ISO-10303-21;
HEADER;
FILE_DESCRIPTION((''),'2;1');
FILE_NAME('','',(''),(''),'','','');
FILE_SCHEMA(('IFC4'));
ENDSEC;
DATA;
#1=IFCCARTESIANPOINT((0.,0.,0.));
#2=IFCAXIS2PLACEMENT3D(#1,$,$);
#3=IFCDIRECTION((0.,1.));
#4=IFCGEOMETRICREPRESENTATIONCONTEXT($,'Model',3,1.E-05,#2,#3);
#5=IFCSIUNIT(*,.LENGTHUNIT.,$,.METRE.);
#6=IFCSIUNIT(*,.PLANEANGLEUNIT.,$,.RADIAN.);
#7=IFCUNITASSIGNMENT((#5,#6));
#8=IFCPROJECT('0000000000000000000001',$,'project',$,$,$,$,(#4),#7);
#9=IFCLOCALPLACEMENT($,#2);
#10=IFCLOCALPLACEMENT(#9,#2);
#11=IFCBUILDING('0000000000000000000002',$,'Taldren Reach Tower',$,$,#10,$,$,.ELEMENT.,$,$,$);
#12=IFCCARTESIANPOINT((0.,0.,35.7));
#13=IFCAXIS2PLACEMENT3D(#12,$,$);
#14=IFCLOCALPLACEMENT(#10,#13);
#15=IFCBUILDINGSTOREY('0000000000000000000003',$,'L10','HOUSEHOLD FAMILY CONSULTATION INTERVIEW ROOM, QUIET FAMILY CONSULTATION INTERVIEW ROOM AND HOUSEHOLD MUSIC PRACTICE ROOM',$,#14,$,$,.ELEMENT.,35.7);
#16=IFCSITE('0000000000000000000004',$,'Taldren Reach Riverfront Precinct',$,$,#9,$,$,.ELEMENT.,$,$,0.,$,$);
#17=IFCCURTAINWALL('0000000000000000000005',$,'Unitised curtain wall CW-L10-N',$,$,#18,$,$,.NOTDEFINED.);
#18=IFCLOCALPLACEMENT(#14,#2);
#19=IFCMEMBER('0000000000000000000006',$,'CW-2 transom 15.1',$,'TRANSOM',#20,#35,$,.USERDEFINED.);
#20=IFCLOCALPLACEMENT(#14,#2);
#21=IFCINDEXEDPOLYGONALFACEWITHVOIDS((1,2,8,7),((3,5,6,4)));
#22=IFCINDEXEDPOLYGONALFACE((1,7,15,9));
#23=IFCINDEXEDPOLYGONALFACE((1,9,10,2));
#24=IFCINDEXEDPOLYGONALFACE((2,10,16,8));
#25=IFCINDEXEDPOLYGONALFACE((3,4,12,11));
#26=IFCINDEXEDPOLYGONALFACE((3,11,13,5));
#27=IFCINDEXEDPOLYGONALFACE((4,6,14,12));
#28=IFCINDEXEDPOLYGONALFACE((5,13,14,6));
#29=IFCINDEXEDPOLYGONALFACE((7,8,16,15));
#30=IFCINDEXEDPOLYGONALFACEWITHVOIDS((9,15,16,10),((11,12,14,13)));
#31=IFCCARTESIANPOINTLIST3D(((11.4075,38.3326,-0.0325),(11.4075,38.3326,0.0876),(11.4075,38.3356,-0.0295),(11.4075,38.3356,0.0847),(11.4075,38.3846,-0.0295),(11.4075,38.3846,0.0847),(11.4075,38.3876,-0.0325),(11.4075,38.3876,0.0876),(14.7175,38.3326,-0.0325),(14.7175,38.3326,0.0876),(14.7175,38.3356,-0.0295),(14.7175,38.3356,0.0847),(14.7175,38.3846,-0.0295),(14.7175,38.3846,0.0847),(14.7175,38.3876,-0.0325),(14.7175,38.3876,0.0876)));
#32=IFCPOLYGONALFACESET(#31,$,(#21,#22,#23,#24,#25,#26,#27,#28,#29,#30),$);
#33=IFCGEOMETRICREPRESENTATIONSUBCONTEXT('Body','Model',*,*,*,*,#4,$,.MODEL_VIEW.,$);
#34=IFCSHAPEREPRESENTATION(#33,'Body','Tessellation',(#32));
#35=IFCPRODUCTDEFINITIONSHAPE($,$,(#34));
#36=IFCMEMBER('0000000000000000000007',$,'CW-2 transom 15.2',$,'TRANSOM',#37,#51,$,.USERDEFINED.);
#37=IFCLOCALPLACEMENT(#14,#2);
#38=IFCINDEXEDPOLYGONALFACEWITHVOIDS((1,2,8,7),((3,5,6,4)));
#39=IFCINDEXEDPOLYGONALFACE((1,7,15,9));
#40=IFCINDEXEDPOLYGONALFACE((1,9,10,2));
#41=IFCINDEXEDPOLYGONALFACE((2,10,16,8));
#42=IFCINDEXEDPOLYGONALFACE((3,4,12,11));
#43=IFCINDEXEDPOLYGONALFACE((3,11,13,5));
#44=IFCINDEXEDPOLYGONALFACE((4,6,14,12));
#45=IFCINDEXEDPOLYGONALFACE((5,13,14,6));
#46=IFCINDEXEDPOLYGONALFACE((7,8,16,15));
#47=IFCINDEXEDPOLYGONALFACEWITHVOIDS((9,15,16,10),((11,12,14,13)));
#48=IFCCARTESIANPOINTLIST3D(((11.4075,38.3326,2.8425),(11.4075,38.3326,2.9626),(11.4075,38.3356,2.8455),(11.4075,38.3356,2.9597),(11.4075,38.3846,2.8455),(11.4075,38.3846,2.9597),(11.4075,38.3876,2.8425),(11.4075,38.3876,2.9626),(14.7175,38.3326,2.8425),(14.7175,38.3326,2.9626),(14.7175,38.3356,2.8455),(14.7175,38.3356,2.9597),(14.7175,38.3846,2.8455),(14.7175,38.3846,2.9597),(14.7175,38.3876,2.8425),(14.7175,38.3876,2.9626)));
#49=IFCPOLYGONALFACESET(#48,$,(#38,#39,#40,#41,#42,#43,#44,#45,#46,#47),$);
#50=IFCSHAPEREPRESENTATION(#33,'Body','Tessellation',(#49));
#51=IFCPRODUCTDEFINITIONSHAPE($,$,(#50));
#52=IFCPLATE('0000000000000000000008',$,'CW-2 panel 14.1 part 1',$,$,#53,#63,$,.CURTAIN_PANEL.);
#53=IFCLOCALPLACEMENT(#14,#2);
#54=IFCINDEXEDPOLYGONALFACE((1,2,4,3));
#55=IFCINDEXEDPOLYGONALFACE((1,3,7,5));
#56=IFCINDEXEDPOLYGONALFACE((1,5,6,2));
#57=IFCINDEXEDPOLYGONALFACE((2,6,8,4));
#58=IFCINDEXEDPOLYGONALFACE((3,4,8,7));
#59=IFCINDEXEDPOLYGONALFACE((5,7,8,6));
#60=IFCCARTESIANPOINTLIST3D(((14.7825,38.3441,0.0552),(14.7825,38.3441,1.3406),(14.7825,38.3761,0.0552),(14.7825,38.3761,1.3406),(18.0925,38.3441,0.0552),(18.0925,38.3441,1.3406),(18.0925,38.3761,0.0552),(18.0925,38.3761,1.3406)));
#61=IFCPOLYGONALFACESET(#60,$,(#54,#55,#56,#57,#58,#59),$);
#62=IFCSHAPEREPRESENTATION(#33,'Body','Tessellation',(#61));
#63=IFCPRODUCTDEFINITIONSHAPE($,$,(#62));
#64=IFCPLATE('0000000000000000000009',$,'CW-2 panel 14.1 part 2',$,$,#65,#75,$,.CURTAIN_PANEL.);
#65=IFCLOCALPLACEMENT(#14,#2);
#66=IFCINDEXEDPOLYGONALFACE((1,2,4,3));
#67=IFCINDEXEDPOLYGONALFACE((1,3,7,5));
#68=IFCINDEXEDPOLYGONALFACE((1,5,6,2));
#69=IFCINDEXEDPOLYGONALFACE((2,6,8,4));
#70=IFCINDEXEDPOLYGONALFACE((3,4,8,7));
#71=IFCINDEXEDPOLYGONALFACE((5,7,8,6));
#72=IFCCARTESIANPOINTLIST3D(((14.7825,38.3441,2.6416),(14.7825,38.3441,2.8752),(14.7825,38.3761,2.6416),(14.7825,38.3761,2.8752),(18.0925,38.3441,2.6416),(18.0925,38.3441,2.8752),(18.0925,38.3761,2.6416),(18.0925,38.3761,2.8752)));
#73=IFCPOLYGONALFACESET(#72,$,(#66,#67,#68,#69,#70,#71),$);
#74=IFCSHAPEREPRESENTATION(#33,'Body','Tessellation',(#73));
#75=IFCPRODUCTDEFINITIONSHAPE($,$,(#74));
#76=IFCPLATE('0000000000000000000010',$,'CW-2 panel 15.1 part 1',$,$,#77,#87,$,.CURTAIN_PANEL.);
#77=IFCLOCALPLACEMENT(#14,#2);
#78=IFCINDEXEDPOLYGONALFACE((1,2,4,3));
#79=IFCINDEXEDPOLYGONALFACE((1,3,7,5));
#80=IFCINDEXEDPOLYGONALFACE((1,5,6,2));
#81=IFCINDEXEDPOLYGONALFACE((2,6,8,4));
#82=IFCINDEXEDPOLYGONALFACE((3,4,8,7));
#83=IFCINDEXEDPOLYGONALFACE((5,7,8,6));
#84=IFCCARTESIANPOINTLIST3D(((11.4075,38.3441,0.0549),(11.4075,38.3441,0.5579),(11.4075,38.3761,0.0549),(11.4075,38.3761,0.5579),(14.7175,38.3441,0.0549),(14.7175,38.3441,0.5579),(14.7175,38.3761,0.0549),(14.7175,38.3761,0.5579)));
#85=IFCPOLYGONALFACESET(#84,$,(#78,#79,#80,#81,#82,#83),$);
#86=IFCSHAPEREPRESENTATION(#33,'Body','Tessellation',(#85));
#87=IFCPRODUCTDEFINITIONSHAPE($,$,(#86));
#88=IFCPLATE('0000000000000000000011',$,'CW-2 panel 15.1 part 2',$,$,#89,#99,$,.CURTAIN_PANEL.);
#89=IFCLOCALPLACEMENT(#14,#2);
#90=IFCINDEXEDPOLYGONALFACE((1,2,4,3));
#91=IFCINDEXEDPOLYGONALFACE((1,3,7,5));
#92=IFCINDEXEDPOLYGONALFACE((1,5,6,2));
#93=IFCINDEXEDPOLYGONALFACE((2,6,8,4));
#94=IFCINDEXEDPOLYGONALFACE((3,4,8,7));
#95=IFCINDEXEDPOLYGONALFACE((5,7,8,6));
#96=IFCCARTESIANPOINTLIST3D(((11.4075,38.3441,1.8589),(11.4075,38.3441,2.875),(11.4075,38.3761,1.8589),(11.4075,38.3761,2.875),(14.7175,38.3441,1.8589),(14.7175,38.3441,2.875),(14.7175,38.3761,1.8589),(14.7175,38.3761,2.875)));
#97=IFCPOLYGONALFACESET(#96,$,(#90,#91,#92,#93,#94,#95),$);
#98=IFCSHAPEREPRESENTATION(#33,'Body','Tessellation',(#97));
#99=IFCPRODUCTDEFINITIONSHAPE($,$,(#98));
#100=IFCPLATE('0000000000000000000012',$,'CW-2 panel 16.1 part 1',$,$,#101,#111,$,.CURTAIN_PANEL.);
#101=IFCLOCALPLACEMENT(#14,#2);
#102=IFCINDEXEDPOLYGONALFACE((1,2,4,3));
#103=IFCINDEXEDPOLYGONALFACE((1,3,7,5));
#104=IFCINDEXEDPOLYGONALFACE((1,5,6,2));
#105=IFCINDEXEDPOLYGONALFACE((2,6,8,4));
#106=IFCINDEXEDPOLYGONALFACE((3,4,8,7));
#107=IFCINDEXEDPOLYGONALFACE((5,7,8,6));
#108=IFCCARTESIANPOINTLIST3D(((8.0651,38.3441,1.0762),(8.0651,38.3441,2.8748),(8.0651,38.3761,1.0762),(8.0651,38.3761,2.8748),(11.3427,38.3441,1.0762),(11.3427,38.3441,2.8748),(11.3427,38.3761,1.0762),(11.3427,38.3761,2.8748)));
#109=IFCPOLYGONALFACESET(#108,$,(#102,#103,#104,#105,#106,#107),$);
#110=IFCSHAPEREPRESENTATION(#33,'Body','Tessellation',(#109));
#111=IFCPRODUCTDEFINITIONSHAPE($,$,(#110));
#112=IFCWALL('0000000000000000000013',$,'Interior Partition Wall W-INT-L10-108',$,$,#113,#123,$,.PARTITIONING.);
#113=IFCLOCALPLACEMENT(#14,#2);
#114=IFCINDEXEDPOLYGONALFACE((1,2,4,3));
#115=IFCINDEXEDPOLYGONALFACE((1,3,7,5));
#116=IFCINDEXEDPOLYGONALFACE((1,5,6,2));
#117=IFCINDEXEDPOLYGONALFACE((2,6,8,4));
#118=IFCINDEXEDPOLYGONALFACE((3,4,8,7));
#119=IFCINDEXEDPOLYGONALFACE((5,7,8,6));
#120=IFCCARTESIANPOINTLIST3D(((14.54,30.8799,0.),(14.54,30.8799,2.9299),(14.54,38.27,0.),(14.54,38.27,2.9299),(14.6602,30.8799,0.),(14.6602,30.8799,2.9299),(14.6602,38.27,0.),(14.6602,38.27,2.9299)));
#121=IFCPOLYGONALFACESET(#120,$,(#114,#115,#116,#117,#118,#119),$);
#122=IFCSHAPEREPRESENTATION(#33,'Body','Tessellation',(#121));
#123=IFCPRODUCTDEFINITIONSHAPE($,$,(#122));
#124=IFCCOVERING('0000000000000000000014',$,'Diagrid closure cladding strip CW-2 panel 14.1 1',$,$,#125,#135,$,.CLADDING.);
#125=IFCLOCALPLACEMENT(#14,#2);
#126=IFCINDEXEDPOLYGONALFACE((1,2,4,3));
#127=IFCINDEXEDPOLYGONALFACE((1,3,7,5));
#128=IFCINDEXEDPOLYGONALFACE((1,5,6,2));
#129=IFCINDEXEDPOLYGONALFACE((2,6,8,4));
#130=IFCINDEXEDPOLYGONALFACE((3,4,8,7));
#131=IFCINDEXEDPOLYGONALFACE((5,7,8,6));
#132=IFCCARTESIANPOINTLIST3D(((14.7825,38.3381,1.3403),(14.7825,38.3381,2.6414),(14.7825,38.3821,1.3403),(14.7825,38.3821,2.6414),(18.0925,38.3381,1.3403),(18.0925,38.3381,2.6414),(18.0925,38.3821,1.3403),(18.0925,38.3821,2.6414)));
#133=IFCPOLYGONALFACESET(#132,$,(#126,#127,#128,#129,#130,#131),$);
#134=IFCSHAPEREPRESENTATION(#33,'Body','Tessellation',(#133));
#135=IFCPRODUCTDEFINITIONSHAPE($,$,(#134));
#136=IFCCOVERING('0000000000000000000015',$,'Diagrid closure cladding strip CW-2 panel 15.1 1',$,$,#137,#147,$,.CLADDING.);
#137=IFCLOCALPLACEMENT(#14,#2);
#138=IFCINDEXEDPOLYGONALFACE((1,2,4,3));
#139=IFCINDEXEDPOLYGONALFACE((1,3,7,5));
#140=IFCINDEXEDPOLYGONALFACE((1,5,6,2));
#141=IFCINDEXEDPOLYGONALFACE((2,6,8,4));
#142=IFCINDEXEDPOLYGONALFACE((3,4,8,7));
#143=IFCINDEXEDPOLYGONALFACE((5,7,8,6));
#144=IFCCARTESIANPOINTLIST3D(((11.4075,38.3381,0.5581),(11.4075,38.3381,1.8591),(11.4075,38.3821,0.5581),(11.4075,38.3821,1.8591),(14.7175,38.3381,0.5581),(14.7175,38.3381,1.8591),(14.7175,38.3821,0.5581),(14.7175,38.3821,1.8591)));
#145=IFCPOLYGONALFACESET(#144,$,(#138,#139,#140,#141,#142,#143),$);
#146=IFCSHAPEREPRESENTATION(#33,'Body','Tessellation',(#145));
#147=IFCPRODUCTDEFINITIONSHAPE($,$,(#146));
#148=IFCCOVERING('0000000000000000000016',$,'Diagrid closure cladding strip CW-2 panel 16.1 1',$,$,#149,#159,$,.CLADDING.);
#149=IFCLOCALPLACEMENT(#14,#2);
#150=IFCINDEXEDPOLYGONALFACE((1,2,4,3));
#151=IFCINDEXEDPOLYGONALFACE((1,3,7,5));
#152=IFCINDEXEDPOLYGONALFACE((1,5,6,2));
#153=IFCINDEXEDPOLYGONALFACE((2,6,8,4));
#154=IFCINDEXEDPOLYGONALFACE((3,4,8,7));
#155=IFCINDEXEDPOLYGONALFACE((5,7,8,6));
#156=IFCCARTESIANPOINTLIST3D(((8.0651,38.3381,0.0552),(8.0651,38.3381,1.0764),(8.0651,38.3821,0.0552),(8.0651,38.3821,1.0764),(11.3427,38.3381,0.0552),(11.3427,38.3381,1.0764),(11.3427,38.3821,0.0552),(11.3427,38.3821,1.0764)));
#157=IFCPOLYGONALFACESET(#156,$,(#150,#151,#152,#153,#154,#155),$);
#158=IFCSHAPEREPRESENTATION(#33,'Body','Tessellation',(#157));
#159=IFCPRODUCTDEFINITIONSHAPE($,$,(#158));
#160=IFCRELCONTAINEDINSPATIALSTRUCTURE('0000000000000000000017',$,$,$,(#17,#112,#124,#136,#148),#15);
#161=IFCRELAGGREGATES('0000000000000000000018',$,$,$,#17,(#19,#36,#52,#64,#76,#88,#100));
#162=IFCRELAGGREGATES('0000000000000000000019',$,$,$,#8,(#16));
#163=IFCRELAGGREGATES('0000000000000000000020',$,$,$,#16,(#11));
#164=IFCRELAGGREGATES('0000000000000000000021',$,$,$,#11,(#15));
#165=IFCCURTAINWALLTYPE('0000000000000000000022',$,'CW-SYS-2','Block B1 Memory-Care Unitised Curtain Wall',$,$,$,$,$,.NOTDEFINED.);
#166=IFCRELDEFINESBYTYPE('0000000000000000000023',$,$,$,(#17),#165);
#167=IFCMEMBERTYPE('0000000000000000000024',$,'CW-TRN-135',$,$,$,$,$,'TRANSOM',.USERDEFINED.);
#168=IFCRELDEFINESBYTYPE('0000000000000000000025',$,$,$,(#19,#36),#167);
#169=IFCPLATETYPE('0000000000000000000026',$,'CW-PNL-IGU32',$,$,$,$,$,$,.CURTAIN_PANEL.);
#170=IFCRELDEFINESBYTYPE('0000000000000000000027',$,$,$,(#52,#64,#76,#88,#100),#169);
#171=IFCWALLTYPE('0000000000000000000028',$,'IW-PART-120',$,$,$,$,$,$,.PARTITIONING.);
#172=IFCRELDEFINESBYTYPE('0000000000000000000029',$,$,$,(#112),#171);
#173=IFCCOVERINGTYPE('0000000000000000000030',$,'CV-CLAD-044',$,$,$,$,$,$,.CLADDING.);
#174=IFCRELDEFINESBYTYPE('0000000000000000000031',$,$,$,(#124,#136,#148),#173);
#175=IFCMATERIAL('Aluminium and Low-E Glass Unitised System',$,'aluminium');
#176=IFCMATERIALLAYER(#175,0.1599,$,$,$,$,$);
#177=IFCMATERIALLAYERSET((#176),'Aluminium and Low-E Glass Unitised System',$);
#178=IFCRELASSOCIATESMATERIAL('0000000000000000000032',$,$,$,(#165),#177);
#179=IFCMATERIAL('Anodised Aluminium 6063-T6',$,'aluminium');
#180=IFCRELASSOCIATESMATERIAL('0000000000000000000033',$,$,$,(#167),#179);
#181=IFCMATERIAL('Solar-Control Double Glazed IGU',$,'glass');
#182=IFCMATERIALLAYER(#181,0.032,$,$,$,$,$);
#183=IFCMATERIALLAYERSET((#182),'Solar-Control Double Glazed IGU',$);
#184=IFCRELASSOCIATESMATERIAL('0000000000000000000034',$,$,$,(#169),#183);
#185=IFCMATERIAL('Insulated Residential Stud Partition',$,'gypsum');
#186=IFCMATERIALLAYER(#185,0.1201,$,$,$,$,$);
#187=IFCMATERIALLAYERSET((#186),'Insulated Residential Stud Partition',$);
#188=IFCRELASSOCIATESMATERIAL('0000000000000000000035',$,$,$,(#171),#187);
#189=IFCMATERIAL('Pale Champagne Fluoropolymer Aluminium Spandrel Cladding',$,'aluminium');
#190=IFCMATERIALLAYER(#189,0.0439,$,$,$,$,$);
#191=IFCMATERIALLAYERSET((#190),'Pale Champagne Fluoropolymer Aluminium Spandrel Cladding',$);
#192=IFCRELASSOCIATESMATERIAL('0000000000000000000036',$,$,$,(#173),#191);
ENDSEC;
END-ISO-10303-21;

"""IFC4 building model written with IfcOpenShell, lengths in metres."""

from ifc_helpers import new_model, si_unit, direction, frame, frame_2d, origin, origin_2d, place, context, subcontext, project, spatial, rectangle, hollow_rectangle, extrude, source, transform, mapped, material, layer, layer_set, material_profile, profile_set, type_object, element, aggregate, save


model = new_model("IFC4")

# Units and contexts
model_context = context("Model", 3, precision=1e-05, world=origin(), true_north=direction((0.0, 1.0)))
body_context = subcontext(model_context, "Body", "Model", "MODEL_VIEW")
ifc_project = project(units=[si_unit("LENGTHUNIT", "METRE"), si_unit("PLANEANGLEUNIT", "RADIAN")], contexts=[model_context])

# Site, building, storey
site_placement = place(None, origin())
site = spatial("IfcSite", under=ifc_project, at=site_placement, Name="Taldren Reach Riverfront Precinct", CompositionType="ELEMENT", RefElevation=0.0)
building_placement = place(site_placement, origin())
building = spatial("IfcBuilding", under=site, at=building_placement, Name="Taldren Reach Tower", CompositionType="ELEMENT")
storey_placement = place(building_placement, frame((0.0, 0.0, 35.7)))
storey = spatial("IfcBuildingStorey", under=building, at=storey_placement, Name="L10", Description="HOUSEHOLD FAMILY CONSULTATION INTERVIEW ROOM, QUIET FAMILY CONSULTATION INTERVIEW ROOM AND HOUSEHOLD MUSIC PRACTICE ROOM", CompositionType="ELEMENT", Elevation=35.7)

# Curtain wall, members, plates
ifc_material_1 = material(Name="Aluminium and Low-E Glass Unitised System", Category="aluminium")
ifc_layer_1 = layer(ifc_material_1, 0.1599)
ifc_layer_set_1 = layer_set([ifc_layer_1], Name="Aluminium and Low-E Glass Unitised System")
curtain_wall_type = type_object("IfcCurtainWallType", Name="CW-SYS-2", Description="Block B1 Memory-Care Unitised Curtain Wall", PredefinedType="NOTDEFINED", material=ifc_layer_set_1)
curtain_wall_placement = place(storey_placement, origin())
curtain_wall = element("IfcCurtainWall", 1, at=curtain_wall_placement, inside=storey, type_object=curtain_wall_type, Name="Unitised curtain wall CW-L10-N", PredefinedType="NOTDEFINED")
ifc_material_2 = material(Name="Anodised Aluminium 6063-T6", Category="aluminium")
ifc_material_profile_1 = material_profile(ifc_material_2, hollow_rectangle(XDim=0.0549, YDim=0.1201, WallThickness=0.0029, at=origin_2d()), Name="ALU-120x55x3RHS")
ifc_profile_set_1 = profile_set([ifc_material_profile_1], Name="Anodised Aluminium 6063-T6")
member_type_1 = type_object("IfcMemberType", Name="CW-TRN-135", ElementType="TRANSOM", PredefinedType="USERDEFINED", material=ifc_profile_set_1)
shared_shape_1 = source(origin(), body_context, "Body", "SweptSolid", [
    extrude(hollow_rectangle(XDim=0.0549, YDim=0.1201, WallThickness=0.0029, at=origin_2d()), origin(), (0.0, 0.0, 1.0), 3.3101),
])
member_1_placement = place(storey_placement, frame((14.7175, 38.3601, 0.0276), z_axis=(-1.0, 0.0, 0.0), x_axis=(0.0, -1.0, 0.0)))
member_1 = element("IfcMember", 2, at=member_1_placement, type_object=member_type_1, Name="CW-2 transom 15.1", ObjectType="TRANSOM", PredefinedType="USERDEFINED", context=body_context, shape_type="MappedRepresentation", body=[
    mapped(shared_shape_1, transform((0.0, 0.0, 0.0), scale=1.0)),
])
member_2_placement = place(storey_placement, frame((14.7175, 38.3601, 2.9026), z_axis=(-1.0, 0.0, 0.0), x_axis=(0.0, -1.0, 0.0)))
member_2 = element("IfcMember", 3, at=member_2_placement, type_object=member_type_1, Name="CW-2 transom 15.2", ObjectType="TRANSOM", PredefinedType="USERDEFINED", context=body_context, shape_type="MappedRepresentation", body=[
    mapped(shared_shape_1, transform((0.0, 0.0, 0.0), scale=1.0)),
])
ifc_material_3 = material(Name="Solar-Control Double Glazed IGU", Category="glass")
ifc_layer_2 = layer(ifc_material_3, 0.032)
ifc_layer_set_2 = layer_set([ifc_layer_2], Name="Solar-Control Double Glazed IGU")
plate_type = type_object("IfcPlateType", Name="CW-PNL-IGU32", PredefinedType="CURTAIN_PANEL", material=ifc_layer_set_2)
shared_shape_2 = source(origin(), body_context, "Body", "SweptSolid", [
    extrude(rectangle(XDim=3.3101, YDim=0.032, at=origin_2d()), origin(), (0.0, 0.0, 1.0), 1.2854),
])
plate_1_placement = place(storey_placement, frame((16.4375, 38.3601, 0.0552), z_axis=(0.0, 0.0, 1.0), x_axis=(-1.0, 0.0, 0.0)))
plate_1 = element("IfcPlate", 4, at=plate_1_placement, type_object=plate_type, Name="CW-2 panel 14.1 part 1", PredefinedType="CURTAIN_PANEL", context=body_context, shape_type="MappedRepresentation", body=[
    mapped(shared_shape_2, transform((0.0, 0.0, 0.0), scale=1.0)),
])
shared_shape_3 = source(origin(), body_context, "Body", "SweptSolid", [
    extrude(rectangle(XDim=3.3101, YDim=0.032, at=origin_2d()), origin(), (0.0, 0.0, 1.0), 0.2336),
])
plate_2_placement = place(storey_placement, frame((16.4375, 38.3601, 2.6416), z_axis=(0.0, 0.0, 1.0), x_axis=(-1.0, 0.0, 0.0)))
plate_2 = element("IfcPlate", 5, at=plate_2_placement, type_object=plate_type, Name="CW-2 panel 14.1 part 2", PredefinedType="CURTAIN_PANEL", context=body_context, shape_type="MappedRepresentation", body=[
    mapped(shared_shape_3, transform((0.0, 0.0, 0.0), scale=1.0)),
])
shared_shape_4 = source(origin(), body_context, "Body", "SweptSolid", [
    extrude(rectangle(XDim=3.3101, YDim=0.032, at=origin_2d()), origin(), (0.0, 0.0, 1.0), 0.5029),
])
plate_3_placement = place(storey_placement, frame((13.0625, 38.3601, 0.0549), z_axis=(0.0, 0.0, 1.0), x_axis=(-1.0, 0.0, 0.0)))
plate_3 = element("IfcPlate", 6, at=plate_3_placement, type_object=plate_type, Name="CW-2 panel 15.1 part 1", PredefinedType="CURTAIN_PANEL", context=body_context, shape_type="MappedRepresentation", body=[
    mapped(shared_shape_4, transform((0.0, 0.0, 0.0), scale=1.0)),
])
shared_shape_5 = source(origin(), body_context, "Body", "SweptSolid", [
    extrude(rectangle(XDim=3.3101, YDim=0.032, at=origin_2d()), origin(), (0.0, 0.0, 1.0), 1.0161),
])
plate_4_placement = place(storey_placement, frame((13.0625, 38.3601, 1.8589), z_axis=(0.0, 0.0, 1.0), x_axis=(-1.0, 0.0, 0.0)))
plate_4 = element("IfcPlate", 7, at=plate_4_placement, type_object=plate_type, Name="CW-2 panel 15.1 part 2", PredefinedType="CURTAIN_PANEL", context=body_context, shape_type="MappedRepresentation", body=[
    mapped(shared_shape_5, transform((0.0, 0.0, 0.0), scale=1.0)),
])
shared_shape_6 = source(origin(), body_context, "Body", "SweptSolid", [
    extrude(rectangle(XDim=3.2776, YDim=0.032, at=origin_2d()), origin(), (0.0, 0.0, 1.0), 1.7986),
])
plate_5_placement = place(storey_placement, frame((9.7039, 38.3601, 1.0762), z_axis=(0.0, 0.0, 1.0), x_axis=(-1.0, 0.0, 0.0)))
plate_5 = element("IfcPlate", 8, at=plate_5_placement, type_object=plate_type, Name="CW-2 panel 16.1 part 1", PredefinedType="CURTAIN_PANEL", context=body_context, shape_type="MappedRepresentation", body=[
    mapped(shared_shape_6, transform((0.0, 0.0, 0.0), scale=1.0)),
])
aggregate(curtain_wall, [member_1, member_2, plate_1, plate_2, plate_3, plate_4, plate_5])

# Wall
ifc_material_4 = material(Name="Insulated Residential Stud Partition", Category="gypsum")
ifc_layer_3 = layer(ifc_material_4, 0.1201)
ifc_layer_set_3 = layer_set([ifc_layer_3], Name="Insulated Residential Stud Partition")
wall_type = type_object("IfcWallType", Name="IW-PART-120", PredefinedType="PARTITIONING", material=ifc_layer_set_3)
shared_shape_7 = source(origin(), body_context, "Body", "SweptSolid", [
    extrude(rectangle(XDim=7.3901, YDim=0.1201, at=frame_2d((3.6951, 0.0))), origin(), (0.0, 0.0, 1.0), 2.9299),
])
wall_placement = place(storey_placement, frame((14.6001, 38.27, 0.0), z_axis=(0.0, 0.0, 1.0), x_axis=(0.0, -1.0, 0.0)))
element("IfcWall", 9, at=wall_placement, inside=storey, type_object=wall_type, Name="Interior Partition Wall W-INT-L10-108", PredefinedType="PARTITIONING", context=body_context, shape_type="MappedRepresentation", body=[
    mapped(shared_shape_7, transform((0.0, 0.0, 0.0), scale=1.0)),
])

# Coverings
ifc_material_5 = material(Name="Pale Champagne Fluoropolymer Aluminium Spandrel Cladding", Category="aluminium")
ifc_layer_4 = layer(ifc_material_5, 0.0439)
ifc_layer_set_4 = layer_set([ifc_layer_4], Name="Pale Champagne Fluoropolymer Aluminium Spandrel Cladding")
covering_type = type_object("IfcCoveringType", Name="CV-CLAD-044", PredefinedType="CLADDING", material=ifc_layer_set_4)
shared_shape_8 = source(origin(), body_context, "Body", "SweptSolid", [
    extrude(rectangle(XDim=3.3101, YDim=0.0439, at=origin_2d()), origin(), (0.0, 0.0, 1.0), 1.301),
])
for number, where, z_axis, x_axis, name in (
    (10, (16.4375, 38.3601, 1.3403), (0.0, 0.0, 1.0), (-1.0, 0.0, 0.0), "Diagrid closure cladding strip CW-2 panel 14.1 1"),
    (11, (13.0625, 38.3601, 0.5581), (0.0, 0.0, 1.0), (-1.0, 0.0, 0.0), "Diagrid closure cladding strip CW-2 panel 15.1 1"),
):
    element("IfcCovering", number, at=place(storey_placement, frame(where, z_axis=z_axis, x_axis=x_axis)), inside=storey, type_object=covering_type, Name=name, PredefinedType="CLADDING", context=body_context, shape_type="MappedRepresentation", body=[
        mapped(shared_shape_8, transform((0.0, 0.0, 0.0), scale=1.0)),
    ])
shared_shape_9 = source(origin(), body_context, "Body", "SweptSolid", [
    extrude(rectangle(XDim=3.2776, YDim=0.0439, at=origin_2d()), origin(), (0.0, 0.0, 1.0), 1.0212),
])
covering_placement = place(storey_placement, frame((9.7039, 38.3601, 0.0552), z_axis=(0.0, 0.0, 1.0), x_axis=(-1.0, 0.0, 0.0)))
element("IfcCovering", 12, at=covering_placement, inside=storey, type_object=covering_type, Name="Diagrid closure cladding strip CW-2 panel 16.1 1", PredefinedType="CLADDING", context=body_context, shape_type="MappedRepresentation", body=[
    mapped(shared_shape_9, transform((0.0, 0.0, 0.0), scale=1.0)),
])

save(model, "model.ifc")
